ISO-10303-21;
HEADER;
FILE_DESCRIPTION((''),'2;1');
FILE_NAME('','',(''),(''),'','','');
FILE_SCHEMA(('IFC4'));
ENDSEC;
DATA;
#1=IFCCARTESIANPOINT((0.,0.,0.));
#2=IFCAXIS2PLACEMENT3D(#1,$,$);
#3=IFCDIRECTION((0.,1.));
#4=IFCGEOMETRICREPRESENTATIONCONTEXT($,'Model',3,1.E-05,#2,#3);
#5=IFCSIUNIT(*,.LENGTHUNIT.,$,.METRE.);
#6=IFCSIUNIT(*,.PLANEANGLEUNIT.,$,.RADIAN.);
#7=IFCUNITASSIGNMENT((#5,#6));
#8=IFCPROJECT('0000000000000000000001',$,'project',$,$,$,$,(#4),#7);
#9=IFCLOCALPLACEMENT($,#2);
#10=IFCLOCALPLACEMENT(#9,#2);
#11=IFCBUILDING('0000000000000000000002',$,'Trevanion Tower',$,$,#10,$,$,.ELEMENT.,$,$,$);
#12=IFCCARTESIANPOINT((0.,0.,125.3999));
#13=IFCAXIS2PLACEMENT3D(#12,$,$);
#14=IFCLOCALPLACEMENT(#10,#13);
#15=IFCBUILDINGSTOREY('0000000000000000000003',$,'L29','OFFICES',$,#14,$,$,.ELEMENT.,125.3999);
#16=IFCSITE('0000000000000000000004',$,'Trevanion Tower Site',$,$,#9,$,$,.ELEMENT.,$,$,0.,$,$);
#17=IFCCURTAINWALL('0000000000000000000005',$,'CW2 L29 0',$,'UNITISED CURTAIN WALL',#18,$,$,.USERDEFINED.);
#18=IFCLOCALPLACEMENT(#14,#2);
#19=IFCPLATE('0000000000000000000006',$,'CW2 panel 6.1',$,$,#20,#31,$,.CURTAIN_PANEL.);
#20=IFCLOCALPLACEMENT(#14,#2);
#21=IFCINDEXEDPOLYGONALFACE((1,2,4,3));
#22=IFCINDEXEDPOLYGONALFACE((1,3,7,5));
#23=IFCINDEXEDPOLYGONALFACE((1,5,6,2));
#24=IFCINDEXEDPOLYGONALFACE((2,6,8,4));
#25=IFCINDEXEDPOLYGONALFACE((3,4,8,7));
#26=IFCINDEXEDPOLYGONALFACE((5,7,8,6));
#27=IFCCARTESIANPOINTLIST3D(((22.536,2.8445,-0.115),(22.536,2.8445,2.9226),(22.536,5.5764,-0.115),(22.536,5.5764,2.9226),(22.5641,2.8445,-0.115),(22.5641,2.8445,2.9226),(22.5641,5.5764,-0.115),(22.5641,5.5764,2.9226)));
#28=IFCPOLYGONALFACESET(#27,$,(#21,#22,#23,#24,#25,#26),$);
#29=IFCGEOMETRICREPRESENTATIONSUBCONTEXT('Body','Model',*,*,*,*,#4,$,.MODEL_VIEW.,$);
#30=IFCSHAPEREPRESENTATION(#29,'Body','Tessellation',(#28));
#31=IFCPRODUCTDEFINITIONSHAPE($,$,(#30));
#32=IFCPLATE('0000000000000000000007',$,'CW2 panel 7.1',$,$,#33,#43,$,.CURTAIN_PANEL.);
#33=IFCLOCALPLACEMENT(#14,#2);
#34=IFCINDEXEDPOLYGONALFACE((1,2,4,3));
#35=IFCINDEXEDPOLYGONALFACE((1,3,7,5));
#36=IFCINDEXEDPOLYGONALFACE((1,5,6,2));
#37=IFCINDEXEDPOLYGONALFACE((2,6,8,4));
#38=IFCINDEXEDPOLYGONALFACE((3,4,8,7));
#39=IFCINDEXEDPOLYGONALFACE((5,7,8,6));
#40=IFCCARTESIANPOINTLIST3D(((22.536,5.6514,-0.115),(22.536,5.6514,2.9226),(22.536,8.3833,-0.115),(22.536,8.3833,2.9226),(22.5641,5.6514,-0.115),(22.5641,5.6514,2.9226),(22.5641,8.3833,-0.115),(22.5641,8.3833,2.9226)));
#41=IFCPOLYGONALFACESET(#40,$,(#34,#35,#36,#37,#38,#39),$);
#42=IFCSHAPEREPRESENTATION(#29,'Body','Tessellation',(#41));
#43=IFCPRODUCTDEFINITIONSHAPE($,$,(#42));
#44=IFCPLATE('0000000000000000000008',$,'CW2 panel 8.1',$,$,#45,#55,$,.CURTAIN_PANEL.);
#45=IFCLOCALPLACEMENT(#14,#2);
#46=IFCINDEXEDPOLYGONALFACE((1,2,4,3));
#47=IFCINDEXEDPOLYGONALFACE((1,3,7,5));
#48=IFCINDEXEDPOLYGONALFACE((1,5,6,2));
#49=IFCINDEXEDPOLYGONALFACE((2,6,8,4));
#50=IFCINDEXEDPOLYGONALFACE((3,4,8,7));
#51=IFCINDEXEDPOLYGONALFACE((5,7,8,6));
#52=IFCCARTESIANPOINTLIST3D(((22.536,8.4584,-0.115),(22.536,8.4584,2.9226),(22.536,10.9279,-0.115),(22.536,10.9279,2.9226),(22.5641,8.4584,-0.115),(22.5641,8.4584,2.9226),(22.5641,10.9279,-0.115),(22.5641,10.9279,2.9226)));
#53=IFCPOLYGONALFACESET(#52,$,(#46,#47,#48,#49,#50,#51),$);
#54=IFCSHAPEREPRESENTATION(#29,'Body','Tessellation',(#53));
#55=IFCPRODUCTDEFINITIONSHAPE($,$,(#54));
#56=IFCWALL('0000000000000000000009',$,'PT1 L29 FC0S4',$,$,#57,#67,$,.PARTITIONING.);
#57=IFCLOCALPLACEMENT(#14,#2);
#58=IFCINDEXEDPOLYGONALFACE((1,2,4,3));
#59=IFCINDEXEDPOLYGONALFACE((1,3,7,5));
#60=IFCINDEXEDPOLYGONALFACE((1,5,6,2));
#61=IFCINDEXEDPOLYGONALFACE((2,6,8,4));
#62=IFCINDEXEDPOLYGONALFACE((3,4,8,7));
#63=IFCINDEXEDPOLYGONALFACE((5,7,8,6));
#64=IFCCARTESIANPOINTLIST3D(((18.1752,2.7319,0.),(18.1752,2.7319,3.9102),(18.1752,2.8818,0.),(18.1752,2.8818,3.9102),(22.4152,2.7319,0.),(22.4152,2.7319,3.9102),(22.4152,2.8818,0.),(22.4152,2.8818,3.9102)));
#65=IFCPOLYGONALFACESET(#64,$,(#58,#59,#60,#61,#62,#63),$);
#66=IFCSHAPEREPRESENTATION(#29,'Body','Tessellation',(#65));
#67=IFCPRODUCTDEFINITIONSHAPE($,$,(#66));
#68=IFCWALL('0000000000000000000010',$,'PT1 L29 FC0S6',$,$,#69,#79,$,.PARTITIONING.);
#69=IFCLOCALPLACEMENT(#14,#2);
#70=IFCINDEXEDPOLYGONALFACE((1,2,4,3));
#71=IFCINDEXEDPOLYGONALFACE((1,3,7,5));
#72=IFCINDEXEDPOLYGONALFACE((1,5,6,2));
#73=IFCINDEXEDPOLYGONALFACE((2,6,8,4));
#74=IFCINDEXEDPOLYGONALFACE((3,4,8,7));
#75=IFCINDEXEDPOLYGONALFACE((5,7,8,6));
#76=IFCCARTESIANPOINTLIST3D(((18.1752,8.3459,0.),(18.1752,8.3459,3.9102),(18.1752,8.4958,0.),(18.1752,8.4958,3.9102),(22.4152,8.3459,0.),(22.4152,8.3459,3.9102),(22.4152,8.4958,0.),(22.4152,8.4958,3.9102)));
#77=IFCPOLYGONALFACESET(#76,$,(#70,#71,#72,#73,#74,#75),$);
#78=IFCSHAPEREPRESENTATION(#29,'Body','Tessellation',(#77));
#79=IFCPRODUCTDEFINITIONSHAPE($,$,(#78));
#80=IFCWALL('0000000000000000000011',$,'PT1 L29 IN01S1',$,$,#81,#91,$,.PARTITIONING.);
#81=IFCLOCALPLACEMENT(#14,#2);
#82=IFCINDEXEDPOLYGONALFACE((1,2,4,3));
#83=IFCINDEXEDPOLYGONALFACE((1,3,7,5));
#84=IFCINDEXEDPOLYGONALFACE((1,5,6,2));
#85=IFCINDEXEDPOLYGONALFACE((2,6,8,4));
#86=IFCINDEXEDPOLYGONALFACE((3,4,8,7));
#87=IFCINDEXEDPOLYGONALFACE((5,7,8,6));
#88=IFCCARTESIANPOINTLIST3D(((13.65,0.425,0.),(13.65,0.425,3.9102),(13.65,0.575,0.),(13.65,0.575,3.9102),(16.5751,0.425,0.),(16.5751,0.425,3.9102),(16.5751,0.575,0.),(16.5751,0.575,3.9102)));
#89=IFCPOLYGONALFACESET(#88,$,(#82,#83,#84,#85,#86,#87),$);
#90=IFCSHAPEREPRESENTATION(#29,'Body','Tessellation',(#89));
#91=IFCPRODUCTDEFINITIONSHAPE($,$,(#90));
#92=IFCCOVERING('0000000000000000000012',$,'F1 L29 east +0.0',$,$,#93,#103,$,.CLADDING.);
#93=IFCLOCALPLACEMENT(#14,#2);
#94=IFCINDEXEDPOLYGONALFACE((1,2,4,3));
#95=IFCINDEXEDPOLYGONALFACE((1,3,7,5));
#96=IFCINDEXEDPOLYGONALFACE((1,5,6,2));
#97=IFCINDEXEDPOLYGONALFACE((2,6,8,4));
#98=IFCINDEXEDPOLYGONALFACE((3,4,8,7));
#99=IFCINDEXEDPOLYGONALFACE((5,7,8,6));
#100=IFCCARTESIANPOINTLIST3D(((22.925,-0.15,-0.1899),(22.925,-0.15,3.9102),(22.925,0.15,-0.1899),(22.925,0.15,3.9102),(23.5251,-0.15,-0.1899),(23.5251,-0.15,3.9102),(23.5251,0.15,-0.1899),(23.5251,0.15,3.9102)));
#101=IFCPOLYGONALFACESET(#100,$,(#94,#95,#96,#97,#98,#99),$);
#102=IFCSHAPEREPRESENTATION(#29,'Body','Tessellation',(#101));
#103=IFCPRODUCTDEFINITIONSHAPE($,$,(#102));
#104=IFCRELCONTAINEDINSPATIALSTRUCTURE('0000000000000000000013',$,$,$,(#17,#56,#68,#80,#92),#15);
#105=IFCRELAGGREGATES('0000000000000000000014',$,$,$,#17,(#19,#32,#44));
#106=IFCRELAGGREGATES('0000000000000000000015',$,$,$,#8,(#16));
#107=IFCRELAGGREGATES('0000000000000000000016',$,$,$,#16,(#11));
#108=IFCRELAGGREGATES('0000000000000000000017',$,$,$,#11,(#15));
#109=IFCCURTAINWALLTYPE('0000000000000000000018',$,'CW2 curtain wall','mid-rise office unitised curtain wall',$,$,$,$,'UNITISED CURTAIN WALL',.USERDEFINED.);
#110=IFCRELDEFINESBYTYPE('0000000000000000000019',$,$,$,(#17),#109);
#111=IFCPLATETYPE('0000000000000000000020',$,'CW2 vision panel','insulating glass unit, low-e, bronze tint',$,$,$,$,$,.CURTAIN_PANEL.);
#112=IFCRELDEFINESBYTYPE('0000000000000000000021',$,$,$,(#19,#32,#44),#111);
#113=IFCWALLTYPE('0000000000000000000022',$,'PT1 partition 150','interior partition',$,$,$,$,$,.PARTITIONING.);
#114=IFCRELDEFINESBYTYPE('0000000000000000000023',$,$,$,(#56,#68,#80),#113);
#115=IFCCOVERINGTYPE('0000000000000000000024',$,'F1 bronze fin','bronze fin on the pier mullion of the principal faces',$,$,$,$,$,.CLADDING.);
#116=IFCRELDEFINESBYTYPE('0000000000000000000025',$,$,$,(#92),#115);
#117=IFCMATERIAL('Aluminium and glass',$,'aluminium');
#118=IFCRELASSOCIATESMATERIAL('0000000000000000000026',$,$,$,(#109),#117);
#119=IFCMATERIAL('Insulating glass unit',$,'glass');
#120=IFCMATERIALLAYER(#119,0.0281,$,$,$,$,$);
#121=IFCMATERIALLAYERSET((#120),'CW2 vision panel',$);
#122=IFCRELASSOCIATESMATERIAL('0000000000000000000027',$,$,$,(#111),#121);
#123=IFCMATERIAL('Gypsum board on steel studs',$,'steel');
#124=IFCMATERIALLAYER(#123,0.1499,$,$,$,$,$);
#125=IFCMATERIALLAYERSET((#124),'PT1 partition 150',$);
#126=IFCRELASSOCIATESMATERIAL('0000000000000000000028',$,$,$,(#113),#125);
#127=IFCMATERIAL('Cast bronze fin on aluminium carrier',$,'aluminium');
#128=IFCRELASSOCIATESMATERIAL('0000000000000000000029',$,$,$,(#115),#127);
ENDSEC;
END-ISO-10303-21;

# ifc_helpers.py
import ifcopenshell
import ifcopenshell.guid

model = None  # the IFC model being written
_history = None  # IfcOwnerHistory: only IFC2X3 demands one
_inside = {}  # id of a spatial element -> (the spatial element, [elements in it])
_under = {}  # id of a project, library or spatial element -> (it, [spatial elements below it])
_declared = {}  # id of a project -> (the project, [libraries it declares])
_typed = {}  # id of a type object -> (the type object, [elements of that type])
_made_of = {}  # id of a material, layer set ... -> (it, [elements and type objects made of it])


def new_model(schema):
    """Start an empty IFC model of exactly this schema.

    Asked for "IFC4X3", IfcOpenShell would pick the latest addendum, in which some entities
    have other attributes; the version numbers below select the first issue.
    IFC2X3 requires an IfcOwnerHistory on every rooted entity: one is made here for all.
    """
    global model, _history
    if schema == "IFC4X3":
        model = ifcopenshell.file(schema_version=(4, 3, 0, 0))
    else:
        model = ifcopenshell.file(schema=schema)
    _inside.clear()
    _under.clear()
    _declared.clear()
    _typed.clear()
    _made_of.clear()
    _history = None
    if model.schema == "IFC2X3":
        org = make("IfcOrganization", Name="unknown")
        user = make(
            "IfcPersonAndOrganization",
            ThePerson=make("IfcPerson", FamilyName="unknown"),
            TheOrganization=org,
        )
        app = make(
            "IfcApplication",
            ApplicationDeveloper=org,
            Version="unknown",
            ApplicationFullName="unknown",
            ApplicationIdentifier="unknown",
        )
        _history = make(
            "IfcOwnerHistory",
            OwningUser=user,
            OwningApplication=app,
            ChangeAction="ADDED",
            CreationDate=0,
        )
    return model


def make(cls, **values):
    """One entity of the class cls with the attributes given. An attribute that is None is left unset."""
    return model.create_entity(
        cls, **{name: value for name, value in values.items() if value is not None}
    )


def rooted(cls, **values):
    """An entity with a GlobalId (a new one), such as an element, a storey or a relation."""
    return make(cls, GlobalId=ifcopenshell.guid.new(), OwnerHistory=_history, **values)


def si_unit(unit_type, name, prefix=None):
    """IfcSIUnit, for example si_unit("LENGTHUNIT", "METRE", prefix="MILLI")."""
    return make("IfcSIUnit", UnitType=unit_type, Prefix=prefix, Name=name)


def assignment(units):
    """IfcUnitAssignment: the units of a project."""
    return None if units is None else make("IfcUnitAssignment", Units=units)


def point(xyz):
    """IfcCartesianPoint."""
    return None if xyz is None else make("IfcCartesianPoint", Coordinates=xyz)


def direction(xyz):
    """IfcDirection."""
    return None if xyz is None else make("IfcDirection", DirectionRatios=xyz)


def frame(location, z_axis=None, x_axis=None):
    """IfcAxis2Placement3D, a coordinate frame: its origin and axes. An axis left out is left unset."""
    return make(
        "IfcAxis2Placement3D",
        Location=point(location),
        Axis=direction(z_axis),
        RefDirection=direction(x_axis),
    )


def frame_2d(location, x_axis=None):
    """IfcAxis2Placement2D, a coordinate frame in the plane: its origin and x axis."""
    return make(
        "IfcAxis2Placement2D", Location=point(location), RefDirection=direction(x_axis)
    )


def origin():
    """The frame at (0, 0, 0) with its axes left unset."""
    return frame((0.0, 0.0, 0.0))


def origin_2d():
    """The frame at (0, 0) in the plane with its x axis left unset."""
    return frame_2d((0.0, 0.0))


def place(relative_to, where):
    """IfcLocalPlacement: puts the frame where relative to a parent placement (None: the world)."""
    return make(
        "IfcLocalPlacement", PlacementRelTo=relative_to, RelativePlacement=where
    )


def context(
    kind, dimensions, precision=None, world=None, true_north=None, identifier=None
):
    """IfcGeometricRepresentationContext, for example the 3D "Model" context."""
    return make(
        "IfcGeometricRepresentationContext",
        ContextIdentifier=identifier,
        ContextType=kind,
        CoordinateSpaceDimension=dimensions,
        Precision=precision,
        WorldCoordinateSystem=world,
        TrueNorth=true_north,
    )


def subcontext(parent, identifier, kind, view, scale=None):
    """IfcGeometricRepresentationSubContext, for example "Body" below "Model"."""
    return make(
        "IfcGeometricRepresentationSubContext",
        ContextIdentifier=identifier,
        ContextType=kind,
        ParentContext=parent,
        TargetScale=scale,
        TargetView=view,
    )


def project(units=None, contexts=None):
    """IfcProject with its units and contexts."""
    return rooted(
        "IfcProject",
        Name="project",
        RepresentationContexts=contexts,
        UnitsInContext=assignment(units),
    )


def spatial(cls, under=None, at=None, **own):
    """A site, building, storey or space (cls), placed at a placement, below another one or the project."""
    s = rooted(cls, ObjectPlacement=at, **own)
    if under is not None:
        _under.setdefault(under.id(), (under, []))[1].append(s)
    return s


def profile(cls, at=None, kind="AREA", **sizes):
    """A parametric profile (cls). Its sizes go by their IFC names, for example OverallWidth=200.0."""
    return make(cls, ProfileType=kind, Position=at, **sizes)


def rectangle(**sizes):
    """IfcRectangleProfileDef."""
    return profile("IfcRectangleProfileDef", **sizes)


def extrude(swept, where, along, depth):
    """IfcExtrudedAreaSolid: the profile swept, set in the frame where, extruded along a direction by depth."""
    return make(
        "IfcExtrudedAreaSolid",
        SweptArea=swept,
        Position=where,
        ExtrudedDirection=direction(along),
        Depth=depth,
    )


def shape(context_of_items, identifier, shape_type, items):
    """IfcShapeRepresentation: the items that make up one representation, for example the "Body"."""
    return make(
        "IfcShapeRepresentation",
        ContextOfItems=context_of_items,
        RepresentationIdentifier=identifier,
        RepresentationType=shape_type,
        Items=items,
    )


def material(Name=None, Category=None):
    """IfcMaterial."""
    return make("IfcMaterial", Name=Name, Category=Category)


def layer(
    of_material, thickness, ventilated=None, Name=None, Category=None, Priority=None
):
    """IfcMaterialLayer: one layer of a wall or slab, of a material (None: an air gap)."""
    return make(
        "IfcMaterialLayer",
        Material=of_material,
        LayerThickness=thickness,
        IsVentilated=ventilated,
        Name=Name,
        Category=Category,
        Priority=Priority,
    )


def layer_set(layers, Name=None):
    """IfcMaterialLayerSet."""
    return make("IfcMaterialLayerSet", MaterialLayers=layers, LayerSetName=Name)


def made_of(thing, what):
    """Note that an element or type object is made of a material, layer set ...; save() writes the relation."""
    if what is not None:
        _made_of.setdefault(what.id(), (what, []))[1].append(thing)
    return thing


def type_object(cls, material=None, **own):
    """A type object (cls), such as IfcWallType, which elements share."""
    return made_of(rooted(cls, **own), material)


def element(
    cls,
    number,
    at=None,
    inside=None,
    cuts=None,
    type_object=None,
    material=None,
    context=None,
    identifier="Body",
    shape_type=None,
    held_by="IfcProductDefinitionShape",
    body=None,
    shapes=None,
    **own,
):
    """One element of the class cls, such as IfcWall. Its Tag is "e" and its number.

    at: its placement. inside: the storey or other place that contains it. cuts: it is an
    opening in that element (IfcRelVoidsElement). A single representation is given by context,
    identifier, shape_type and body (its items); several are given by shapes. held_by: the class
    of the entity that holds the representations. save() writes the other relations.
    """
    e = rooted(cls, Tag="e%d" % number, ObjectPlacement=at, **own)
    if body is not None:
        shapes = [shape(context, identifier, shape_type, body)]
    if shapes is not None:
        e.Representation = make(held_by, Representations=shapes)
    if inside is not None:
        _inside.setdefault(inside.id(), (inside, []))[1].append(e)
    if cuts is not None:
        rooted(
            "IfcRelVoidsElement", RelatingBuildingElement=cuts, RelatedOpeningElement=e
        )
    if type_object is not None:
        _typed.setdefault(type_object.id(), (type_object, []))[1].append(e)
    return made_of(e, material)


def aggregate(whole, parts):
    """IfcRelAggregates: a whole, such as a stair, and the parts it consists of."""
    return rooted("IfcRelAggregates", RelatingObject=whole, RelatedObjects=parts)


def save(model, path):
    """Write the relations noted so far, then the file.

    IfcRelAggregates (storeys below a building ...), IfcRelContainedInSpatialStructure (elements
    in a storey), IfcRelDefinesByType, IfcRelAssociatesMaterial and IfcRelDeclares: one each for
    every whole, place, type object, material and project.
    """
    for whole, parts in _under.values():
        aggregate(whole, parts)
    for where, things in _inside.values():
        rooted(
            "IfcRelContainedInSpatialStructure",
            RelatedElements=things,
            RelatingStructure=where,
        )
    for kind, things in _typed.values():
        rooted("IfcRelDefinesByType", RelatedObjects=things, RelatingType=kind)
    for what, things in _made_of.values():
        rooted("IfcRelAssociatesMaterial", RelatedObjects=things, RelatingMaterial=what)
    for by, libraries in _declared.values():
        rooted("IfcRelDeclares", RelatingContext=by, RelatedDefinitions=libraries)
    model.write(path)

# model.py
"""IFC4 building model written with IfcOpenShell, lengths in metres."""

from ifc_helpers import new_model, si_unit, direction, frame, frame_2d, origin, origin_2d, place, context, subcontext, project, spatial, rectangle, extrude, material, layer, layer_set, type_object, element, aggregate, save


model = new_model("IFC4")

# Units and contexts
model_context = context("Model", 3, precision=1e-05, world=origin(), true_north=direction((0.0, 1.0)))
body_context = subcontext(model_context, "Body", "Model", "MODEL_VIEW")
ifc_project = project(units=[si_unit("LENGTHUNIT", "METRE"), si_unit("PLANEANGLEUNIT", "RADIAN")], contexts=[model_context])

# Site, building, storey
site_placement = place(None, origin())
site = spatial("IfcSite", under=ifc_project, at=site_placement, Name="Trevanion Tower Site", CompositionType="ELEMENT", RefElevation=0.0)
building_placement = place(site_placement, origin())
building = spatial("IfcBuilding", under=site, at=building_placement, Name="Trevanion Tower", CompositionType="ELEMENT")
storey_placement = place(building_placement, frame((0.0, 0.0, 125.3999)))
storey = spatial("IfcBuildingStorey", under=building, at=storey_placement, Name="L29", Description="OFFICES", CompositionType="ELEMENT", Elevation=125.3999)

# Curtain wall
ifc_material_1 = material(Name="Aluminium and glass", Category="aluminium")
curtain_wall_type = type_object("IfcCurtainWallType", Name="CW2 curtain wall", Description="mid-rise office unitised curtain wall", ElementType="UNITISED CURTAIN WALL", PredefinedType="USERDEFINED", material=ifc_material_1)
curtain_wall_placement = place(storey_placement, origin())
curtain_wall = element("IfcCurtainWall", 1, at=curtain_wall_placement, inside=storey, type_object=curtain_wall_type, Name="CW2 L29 0", ObjectType="UNITISED CURTAIN WALL", PredefinedType="USERDEFINED")

# Plates
ifc_material_2 = material(Name="Insulating glass unit", Category="glass")
ifc_layer_1 = layer(ifc_material_2, 0.0281)
ifc_layer_set_1 = layer_set([ifc_layer_1], Name="CW2 vision panel")
plate_type_1 = type_object("IfcPlateType", Name="CW2 vision panel", Description="insulating glass unit, low-e, bronze tint", PredefinedType="CURTAIN_PANEL", material=ifc_layer_set_1)
plate_1_placement = place(storey_placement, frame((22.55, 4.2104, -0.115), z_axis=(0.0, 0.0, 1.0), x_axis=(0.0, 1.0, 0.0)))
plate_1 = element("IfcPlate", 2, at=plate_1_placement, type_object=plate_type_1, Name="CW2 panel 6.1", PredefinedType="CURTAIN_PANEL", context=body_context, shape_type="SweptSolid", body=[
    extrude(rectangle(XDim=2.7319, YDim=0.0281, at=origin_2d()), origin(), (0.0, 0.0, 1.0), 3.0376),
])
plate_2_placement = place(storey_placement, frame((22.55, 7.0173, -0.115), z_axis=(0.0, 0.0, 1.0), x_axis=(0.0, 1.0, 0.0)))
plate_2 = element("IfcPlate", 3, at=plate_2_placement, type_object=plate_type_1, Name="CW2 panel 7.1", PredefinedType="CURTAIN_PANEL", context=body_context, shape_type="SweptSolid", body=[
    extrude(rectangle(XDim=2.7319, YDim=0.0281, at=origin_2d()), origin(), (0.0, 0.0, 1.0), 3.0376),
])
plate_3_placement = place(storey_placement, frame((22.55, 9.6931, -0.115), z_axis=(0.0, 0.0, 1.0), x_axis=(0.0, 1.0, 0.0)))
plate_3 = element("IfcPlate", 4, at=plate_3_placement, type_object=plate_type_1, Name="CW2 panel 8.1", PredefinedType="CURTAIN_PANEL", context=body_context, shape_type="SweptSolid", body=[
    extrude(rectangle(XDim=2.4695, YDim=0.0281, at=origin_2d()), origin(), (0.0, 0.0, 1.0), 3.0376),
])
aggregate(curtain_wall, [plate_1, plate_2, plate_3])

# Walls
ifc_material_3 = material(Name="Gypsum board on steel studs", Category="steel")
ifc_layer_2 = layer(ifc_material_3, 0.1499)
ifc_layer_set_2 = layer_set([ifc_layer_2], Name="PT1 partition 150")
wall_type = type_object("IfcWallType", Name="PT1 partition 150", Description="interior partition", PredefinedType="PARTITIONING", material=ifc_layer_set_2)
for number, where, z_axis, x_axis, name in (
    (5, (18.175, 2.8069, 0.0), (0.0, 0.0, 1.0), (1.0, 0.0, 0.0), "PT1 L29 FC0S4"),
    (6, (18.175, 8.4209, 0.0), (0.0, 0.0, 1.0), (1.0, 0.0, 0.0), "PT1 L29 FC0S6"),
):
    element("IfcWall", number, at=place(storey_placement, frame(where, z_axis=z_axis, x_axis=x_axis)), inside=storey, type_object=wall_type, Name=name, PredefinedType="PARTITIONING", context=body_context, shape_type="SweptSolid", body=[
        extrude(rectangle(XDim=4.24, YDim=0.1499, at=frame_2d((2.1201, 0.0))), origin(), (0.0, 0.0, 1.0), 3.9102),
    ])
wall_placement = place(storey_placement, frame((16.575, 0.5, 0.0), z_axis=(0.0, 0.0, 1.0), x_axis=(-1.0, 0.0, 0.0)))
element("IfcWall", 7, at=wall_placement, inside=storey, type_object=wall_type, Name="PT1 L29 IN01S1", PredefinedType="PARTITIONING", context=body_context, shape_type="SweptSolid", body=[
    extrude(rectangle(XDim=2.925, YDim=0.1499, at=frame_2d((1.4624, 0.0))), origin(), (0.0, 0.0, 1.0), 3.9102),
])

# Covering
ifc_material_4 = material(Name="Cast bronze fin on aluminium carrier", Category="aluminium")
covering_type = type_object("IfcCoveringType", Name="F1 bronze fin", Description="bronze fin on the pier mullion of the principal faces", PredefinedType="CLADDING", material=ifc_material_4)
covering_placement = place(storey_placement, frame((23.2251, 0.0, -0.1899), z_axis=(0.0, 0.0, 1.0), x_axis=(0.0, 1.0, 0.0)))
element("IfcCovering", 8, at=covering_placement, inside=storey, type_object=covering_type, Name="F1 L29 east +0.0", PredefinedType="CLADDING", context=body_context, shape_type="SweptSolid", body=[
    extrude(rectangle(XDim=0.3, YDim=0.6001, at=origin_2d()), origin(), (0.0, 0.0, 1.0), 4.1001),
])

save(model, "model.ifc")
